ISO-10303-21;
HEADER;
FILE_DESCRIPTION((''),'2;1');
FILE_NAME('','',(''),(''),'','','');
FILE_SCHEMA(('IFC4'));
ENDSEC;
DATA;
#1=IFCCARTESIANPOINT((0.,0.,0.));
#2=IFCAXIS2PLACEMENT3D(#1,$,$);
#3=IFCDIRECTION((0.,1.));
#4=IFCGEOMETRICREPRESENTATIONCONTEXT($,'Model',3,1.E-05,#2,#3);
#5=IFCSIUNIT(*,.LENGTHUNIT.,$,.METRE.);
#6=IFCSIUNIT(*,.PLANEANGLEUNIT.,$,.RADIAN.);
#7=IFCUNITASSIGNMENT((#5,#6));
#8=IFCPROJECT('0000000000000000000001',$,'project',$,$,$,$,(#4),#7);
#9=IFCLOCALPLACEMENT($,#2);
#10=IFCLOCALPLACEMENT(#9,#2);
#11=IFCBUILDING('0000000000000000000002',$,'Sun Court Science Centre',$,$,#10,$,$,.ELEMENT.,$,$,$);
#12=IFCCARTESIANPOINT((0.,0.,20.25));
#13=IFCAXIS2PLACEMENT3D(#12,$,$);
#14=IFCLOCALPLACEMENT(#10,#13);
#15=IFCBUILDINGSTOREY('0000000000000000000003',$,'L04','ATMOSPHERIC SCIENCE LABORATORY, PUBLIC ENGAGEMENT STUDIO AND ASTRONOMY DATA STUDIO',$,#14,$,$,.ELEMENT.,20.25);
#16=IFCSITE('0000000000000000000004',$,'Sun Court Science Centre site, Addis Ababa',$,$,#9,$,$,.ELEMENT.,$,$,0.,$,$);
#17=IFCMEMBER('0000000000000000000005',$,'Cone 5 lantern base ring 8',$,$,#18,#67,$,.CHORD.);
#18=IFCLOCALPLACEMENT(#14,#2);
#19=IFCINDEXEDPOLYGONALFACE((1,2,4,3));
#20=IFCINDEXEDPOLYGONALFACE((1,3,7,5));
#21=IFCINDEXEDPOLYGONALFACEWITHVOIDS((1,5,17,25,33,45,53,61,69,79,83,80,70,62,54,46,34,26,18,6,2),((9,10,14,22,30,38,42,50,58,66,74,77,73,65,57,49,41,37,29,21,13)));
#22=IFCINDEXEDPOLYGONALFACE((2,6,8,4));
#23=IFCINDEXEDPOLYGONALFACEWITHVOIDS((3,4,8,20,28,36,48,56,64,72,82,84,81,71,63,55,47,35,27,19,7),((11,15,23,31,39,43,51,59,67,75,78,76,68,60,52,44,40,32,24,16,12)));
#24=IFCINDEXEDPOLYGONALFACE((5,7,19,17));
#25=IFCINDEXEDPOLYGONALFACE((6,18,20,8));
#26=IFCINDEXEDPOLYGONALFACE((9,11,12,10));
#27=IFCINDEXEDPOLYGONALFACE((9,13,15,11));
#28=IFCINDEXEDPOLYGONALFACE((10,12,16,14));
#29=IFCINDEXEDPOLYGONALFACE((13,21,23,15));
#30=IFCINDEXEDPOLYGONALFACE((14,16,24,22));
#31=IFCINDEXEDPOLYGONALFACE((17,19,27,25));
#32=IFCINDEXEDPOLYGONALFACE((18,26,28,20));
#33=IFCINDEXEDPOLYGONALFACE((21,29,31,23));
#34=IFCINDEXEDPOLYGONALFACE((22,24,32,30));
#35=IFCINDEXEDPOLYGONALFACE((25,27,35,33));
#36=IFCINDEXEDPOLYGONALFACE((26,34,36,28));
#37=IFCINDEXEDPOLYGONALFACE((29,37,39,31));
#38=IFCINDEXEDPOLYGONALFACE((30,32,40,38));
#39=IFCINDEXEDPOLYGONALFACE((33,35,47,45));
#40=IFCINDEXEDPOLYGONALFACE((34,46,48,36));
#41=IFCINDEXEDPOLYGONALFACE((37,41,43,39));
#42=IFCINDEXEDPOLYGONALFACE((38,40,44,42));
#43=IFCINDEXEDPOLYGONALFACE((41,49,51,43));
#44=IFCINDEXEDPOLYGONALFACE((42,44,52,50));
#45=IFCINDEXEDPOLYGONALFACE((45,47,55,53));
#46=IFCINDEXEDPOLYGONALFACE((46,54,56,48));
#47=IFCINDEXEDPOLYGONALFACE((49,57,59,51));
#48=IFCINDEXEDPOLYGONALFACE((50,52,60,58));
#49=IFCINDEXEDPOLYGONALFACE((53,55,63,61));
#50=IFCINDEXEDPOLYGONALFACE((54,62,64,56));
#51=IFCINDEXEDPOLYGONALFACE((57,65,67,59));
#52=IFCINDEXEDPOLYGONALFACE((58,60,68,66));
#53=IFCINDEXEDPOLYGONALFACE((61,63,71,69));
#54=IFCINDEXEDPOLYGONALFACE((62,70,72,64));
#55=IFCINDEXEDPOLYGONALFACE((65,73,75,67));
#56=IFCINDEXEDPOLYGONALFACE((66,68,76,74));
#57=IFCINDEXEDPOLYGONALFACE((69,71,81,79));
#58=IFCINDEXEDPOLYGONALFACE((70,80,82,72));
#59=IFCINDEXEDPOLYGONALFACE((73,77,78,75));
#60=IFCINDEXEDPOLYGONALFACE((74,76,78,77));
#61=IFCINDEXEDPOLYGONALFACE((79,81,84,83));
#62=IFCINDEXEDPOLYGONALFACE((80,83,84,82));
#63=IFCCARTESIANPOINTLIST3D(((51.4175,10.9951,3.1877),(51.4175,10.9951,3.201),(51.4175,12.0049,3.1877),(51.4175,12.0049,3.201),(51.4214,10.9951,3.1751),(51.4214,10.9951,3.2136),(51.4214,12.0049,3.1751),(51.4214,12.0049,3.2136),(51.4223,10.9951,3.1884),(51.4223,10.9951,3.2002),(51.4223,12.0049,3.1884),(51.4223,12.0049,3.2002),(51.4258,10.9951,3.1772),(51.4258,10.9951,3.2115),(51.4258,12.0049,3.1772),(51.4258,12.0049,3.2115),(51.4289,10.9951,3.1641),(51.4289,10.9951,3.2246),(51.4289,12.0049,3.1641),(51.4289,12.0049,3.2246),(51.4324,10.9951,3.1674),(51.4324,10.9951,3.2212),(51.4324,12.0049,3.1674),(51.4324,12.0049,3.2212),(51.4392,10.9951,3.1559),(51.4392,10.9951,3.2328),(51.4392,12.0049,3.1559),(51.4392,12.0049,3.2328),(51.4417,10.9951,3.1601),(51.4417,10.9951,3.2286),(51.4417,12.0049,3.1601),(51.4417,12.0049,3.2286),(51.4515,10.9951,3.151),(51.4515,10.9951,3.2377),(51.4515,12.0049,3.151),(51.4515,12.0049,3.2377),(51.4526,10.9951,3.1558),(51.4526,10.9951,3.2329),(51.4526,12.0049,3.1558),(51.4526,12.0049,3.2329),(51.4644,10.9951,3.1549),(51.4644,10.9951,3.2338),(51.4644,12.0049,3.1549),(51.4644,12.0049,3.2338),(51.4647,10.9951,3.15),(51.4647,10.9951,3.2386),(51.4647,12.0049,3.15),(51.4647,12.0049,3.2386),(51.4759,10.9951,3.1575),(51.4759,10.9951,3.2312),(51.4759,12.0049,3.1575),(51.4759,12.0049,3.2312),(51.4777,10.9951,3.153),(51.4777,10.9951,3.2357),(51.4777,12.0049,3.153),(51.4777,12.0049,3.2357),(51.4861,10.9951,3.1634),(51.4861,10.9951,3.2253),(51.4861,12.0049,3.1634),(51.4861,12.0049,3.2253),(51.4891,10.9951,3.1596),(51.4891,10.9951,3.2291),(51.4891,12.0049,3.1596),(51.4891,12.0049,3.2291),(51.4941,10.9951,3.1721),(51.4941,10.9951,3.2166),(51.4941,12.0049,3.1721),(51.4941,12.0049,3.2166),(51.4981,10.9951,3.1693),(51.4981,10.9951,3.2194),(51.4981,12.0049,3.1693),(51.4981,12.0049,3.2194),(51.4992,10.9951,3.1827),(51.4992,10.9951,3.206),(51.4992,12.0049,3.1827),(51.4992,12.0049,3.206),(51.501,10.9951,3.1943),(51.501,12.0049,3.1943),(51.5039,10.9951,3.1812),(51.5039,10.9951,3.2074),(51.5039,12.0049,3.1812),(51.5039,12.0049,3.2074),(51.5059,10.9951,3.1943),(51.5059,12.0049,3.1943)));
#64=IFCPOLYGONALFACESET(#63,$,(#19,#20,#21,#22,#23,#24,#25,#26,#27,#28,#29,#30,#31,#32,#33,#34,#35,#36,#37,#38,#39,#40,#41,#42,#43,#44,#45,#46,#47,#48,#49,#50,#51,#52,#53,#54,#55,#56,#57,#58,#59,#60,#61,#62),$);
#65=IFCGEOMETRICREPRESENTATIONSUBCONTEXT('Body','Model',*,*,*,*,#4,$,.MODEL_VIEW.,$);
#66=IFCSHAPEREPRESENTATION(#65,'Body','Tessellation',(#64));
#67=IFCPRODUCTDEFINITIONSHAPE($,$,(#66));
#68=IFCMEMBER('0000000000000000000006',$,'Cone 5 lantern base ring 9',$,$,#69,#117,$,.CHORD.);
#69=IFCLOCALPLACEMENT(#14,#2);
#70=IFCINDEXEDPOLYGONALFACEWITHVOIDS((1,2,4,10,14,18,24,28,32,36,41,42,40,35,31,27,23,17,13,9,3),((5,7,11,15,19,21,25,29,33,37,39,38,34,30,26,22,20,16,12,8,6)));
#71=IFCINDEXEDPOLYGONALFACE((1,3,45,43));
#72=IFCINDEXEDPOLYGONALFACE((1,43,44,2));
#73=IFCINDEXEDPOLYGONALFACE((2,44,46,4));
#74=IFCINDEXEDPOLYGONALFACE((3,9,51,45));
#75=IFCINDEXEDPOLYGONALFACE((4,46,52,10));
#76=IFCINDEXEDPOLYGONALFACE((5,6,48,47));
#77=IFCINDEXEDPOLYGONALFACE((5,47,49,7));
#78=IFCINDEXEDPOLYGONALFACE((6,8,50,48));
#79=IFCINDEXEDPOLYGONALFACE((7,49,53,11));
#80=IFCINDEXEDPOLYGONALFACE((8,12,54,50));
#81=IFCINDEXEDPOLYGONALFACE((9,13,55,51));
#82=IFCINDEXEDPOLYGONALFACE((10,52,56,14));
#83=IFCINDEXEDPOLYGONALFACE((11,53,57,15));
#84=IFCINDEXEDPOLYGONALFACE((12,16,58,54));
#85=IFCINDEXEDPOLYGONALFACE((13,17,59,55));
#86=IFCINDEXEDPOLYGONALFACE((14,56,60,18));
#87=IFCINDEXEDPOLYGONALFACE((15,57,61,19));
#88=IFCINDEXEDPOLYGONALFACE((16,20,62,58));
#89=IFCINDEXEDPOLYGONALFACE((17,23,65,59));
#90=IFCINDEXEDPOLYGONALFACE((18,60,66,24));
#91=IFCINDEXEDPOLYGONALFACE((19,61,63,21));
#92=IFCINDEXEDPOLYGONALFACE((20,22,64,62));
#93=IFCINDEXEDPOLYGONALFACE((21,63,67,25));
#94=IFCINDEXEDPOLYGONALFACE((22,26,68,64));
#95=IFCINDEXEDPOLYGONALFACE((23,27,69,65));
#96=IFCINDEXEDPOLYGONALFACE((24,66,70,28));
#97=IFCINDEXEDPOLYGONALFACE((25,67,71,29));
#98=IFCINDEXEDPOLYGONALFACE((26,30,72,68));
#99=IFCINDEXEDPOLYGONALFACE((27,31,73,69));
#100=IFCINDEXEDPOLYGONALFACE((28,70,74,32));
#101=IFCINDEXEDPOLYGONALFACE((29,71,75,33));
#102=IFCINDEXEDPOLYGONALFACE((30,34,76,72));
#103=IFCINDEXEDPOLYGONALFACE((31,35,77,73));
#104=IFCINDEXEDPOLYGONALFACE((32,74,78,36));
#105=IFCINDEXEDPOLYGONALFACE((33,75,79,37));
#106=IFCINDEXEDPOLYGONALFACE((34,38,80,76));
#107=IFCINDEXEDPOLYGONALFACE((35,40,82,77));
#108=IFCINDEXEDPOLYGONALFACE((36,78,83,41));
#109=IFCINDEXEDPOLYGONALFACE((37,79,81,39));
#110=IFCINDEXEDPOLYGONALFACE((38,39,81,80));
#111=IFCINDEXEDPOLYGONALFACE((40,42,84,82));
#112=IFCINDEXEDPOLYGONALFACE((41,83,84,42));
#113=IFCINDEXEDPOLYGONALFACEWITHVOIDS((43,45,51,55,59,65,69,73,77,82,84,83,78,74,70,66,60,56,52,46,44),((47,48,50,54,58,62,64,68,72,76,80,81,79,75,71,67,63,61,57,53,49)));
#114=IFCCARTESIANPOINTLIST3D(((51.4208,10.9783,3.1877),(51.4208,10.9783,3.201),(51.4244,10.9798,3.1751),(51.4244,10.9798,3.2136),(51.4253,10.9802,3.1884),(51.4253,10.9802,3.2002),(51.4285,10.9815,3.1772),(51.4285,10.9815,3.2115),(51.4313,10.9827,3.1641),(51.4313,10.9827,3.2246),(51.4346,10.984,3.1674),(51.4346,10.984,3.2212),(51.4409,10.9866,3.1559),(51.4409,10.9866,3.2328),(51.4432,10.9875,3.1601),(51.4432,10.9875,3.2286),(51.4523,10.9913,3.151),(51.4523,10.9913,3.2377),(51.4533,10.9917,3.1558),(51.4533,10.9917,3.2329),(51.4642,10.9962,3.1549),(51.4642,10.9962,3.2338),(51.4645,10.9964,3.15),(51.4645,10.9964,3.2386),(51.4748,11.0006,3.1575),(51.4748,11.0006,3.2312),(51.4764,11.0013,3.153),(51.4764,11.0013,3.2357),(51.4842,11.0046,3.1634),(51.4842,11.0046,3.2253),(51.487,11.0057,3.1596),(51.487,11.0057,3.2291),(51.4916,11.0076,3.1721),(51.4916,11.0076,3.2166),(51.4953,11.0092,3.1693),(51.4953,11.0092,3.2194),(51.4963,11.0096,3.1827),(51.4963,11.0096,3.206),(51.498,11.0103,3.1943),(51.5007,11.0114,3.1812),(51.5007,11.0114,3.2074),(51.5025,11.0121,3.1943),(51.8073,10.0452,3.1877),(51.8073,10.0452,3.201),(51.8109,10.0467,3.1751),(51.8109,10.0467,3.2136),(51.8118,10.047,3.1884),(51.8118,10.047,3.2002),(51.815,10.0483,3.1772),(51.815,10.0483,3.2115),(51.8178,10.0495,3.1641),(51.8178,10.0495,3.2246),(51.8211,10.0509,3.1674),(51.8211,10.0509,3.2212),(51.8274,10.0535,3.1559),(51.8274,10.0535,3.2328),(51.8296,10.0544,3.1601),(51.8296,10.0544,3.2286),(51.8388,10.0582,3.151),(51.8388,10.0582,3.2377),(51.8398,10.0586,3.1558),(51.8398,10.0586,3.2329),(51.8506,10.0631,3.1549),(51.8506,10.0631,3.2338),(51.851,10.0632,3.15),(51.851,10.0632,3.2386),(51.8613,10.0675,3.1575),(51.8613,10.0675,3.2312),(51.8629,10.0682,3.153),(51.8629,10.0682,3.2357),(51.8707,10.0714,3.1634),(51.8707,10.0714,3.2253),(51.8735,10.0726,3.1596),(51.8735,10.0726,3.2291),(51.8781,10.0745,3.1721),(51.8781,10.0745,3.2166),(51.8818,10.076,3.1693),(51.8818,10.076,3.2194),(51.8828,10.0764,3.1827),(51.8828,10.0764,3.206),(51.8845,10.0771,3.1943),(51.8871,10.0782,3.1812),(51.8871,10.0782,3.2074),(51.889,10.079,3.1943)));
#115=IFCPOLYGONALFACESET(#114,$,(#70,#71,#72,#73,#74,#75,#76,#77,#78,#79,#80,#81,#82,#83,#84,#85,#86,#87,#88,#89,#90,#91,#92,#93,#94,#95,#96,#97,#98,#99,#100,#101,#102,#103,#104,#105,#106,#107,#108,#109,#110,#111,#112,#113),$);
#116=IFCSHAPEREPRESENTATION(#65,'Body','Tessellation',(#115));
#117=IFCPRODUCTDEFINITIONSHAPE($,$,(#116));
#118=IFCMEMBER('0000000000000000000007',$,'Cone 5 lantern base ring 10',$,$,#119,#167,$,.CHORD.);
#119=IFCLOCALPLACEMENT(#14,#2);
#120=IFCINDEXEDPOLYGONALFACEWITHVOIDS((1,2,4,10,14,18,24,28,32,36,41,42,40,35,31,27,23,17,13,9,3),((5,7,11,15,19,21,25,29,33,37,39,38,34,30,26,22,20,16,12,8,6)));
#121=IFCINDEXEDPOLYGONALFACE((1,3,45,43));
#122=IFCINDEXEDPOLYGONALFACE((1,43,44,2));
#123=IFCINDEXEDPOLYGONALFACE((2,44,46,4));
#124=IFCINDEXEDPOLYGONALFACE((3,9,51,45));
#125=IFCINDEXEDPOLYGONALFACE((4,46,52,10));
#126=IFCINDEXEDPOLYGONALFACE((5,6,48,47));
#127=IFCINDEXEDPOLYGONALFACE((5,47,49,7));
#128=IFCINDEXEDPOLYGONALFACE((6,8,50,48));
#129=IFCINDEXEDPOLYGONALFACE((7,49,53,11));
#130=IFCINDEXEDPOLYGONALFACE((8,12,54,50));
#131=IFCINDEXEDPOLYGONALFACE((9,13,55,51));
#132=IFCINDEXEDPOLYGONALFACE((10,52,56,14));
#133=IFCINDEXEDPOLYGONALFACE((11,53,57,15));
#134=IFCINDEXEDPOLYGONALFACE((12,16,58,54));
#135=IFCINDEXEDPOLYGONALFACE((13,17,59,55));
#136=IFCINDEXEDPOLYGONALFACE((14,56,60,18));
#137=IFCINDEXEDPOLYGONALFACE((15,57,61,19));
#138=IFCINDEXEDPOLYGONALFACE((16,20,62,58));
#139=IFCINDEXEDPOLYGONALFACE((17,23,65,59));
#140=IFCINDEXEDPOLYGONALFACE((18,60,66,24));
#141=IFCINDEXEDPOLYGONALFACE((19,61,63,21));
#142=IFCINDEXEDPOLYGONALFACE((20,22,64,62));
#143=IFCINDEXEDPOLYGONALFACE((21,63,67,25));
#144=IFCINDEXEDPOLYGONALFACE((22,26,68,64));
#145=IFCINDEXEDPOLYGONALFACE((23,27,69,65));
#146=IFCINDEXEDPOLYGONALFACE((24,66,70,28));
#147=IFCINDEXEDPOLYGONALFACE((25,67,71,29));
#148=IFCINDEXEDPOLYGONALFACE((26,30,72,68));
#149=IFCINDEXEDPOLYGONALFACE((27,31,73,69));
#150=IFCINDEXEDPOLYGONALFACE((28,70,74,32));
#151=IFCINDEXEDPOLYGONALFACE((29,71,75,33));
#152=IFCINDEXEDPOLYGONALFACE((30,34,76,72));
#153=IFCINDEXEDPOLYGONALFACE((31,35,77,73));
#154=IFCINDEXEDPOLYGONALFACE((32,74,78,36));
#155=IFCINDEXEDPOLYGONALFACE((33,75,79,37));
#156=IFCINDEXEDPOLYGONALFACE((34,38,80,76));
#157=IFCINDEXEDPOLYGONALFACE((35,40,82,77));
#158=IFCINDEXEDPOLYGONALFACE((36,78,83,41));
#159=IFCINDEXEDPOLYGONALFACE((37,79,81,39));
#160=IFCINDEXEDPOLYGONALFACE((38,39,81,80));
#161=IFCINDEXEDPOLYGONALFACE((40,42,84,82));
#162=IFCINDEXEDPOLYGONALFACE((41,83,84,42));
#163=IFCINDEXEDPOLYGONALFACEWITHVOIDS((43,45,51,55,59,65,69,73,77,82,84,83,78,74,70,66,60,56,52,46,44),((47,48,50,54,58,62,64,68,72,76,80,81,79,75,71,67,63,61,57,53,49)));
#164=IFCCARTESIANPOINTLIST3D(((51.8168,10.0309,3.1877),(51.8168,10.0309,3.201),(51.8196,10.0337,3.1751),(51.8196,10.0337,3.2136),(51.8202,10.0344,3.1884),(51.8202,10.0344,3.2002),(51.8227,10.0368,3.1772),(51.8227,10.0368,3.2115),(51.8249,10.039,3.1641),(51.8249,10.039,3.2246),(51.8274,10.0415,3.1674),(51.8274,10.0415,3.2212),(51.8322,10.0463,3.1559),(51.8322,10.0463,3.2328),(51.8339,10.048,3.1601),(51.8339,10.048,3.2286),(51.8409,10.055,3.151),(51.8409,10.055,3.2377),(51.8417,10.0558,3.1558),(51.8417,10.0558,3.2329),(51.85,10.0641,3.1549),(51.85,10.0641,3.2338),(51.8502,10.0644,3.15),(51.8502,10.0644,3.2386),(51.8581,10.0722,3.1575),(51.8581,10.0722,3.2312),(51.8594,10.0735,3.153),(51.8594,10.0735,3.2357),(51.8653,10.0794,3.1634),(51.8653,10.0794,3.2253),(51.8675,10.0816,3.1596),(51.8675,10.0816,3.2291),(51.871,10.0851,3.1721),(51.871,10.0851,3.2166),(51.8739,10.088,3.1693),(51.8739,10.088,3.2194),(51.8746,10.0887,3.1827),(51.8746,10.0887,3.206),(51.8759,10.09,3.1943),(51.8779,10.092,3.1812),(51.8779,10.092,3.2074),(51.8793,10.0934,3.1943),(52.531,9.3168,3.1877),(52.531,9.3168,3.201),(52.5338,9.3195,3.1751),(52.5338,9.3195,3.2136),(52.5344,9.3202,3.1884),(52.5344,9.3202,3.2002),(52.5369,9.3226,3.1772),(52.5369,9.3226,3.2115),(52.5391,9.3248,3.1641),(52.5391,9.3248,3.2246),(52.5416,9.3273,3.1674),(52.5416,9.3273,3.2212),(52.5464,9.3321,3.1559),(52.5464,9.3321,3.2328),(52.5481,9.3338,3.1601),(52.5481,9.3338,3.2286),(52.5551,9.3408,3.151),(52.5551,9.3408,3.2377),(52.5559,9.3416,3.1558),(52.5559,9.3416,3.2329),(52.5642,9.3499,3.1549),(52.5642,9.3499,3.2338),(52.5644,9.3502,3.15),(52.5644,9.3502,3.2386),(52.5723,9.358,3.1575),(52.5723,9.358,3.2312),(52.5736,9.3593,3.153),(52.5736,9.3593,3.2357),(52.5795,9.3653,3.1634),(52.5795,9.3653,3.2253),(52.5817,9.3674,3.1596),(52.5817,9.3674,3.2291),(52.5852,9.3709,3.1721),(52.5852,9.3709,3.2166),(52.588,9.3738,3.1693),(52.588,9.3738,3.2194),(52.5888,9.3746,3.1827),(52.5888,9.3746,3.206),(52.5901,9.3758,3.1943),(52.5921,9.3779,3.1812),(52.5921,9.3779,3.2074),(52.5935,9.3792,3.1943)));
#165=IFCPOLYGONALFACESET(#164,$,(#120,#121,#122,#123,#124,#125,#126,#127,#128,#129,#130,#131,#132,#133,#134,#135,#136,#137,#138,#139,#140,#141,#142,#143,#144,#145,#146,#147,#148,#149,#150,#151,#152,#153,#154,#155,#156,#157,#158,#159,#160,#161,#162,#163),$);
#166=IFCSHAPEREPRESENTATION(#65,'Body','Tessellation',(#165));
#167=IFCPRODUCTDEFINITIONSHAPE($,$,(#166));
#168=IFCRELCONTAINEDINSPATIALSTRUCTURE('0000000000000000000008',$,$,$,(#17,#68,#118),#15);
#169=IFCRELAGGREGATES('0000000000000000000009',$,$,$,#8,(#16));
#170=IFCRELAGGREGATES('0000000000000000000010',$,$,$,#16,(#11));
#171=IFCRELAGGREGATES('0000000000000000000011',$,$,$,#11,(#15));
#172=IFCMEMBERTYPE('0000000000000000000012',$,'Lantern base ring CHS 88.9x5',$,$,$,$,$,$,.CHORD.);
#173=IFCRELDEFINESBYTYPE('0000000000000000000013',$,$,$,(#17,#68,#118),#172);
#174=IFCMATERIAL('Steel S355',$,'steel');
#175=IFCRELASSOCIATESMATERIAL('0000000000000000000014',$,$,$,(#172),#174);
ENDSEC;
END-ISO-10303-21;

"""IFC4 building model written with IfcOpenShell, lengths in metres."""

from ifc_helpers import new_model, si_unit, direction, frame, origin, origin_2d, place, context, subcontext, project, spatial, hollow_circle, extrude, material, material_profile, profile_set, type_object, element, save


model = new_model("IFC4")

# Units and contexts
model_context = context("Model", 3, precision=1e-05, world=origin(), true_north=direction((0.0, 1.0)))
body_context = subcontext(model_context, "Body", "Model", "MODEL_VIEW")
ifc_project = project(units=[si_unit("LENGTHUNIT", "METRE"), si_unit("PLANEANGLEUNIT", "RADIAN")], contexts=[model_context])

# Site, building, storey
site_placement = place(None, origin())
site = spatial("IfcSite", under=ifc_project, at=site_placement, Name="Sun Court Science Centre site, Addis Ababa", CompositionType="ELEMENT", RefElevation=0.0)
building_placement = place(site_placement, origin())
building = spatial("IfcBuilding", under=site, at=building_placement, Name="Sun Court Science Centre", CompositionType="ELEMENT")
storey_placement = place(building_placement, frame((0.0, 0.0, 20.25)))
storey = spatial("IfcBuildingStorey", under=building, at=storey_placement, Name="L04", Description="ATMOSPHERIC SCIENCE LABORATORY, PUBLIC ENGAGEMENT STUDIO AND ASTRONOMY DATA STUDIO", CompositionType="ELEMENT", Elevation=20.25)

# Members
ifc_material_1 = material(Name="Steel S355", Category="steel")
ifc_material_profile_1 = material_profile(ifc_material_1, hollow_circle(Radius=0.0444, WallThickness=0.0049, at=origin_2d()), Name="CHS 88.9x5")
ifc_profile_set_1 = profile_set([ifc_material_profile_1], Name="Steel S355")
member_type_1 = type_object("IfcMemberType", Name="Lantern base ring CHS 88.9x5", PredefinedType="CHORD", material=ifc_profile_set_1)
member_1_placement = place(storey_placement, frame((51.4614, 12.0049, 3.1943), z_axis=(0.0, -1.0, 0.0), x_axis=(1.0, 0.0, 0.0)))
element("IfcMember", 1, at=member_1_placement, inside=storey, type_object=member_type_1, Name="Cone 5 lantern base ring 8", PredefinedType="CHORD", context=body_context, shape_type="SweptSolid", body=[
    extrude(hollow_circle(Radius=0.0444, WallThickness=0.0049, at=origin_2d()), origin(), (0.0, 0.0, 1.0), 1.0098),
])
for number, where, z_axis, x_axis, name in (
    (2, (51.4614, 10.9951, 3.1943), (0.382658, -0.92389, 0.0), (0.92389, 0.382658, 0.0), "Cone 5 lantern base ring 9"),
    (3, (51.8479, 10.062, 3.1943), (0.707107, -0.707107, 0.0), (0.707107, 0.707107, 0.0), "Cone 5 lantern base ring 10"),
):
    element("IfcMember", number, at=place(storey_placement, frame(where, z_axis=z_axis, x_axis=x_axis)), inside=storey, type_object=member_type_1, Name=name, PredefinedType="CHORD", context=body_context, shape_type="SweptSolid", body=[
        extrude(hollow_circle(Radius=0.0444, WallThickness=0.0049, at=origin_2d()), origin(), (0.0, 0.0, 1.0), 1.01),
    ])

save(model, "model.ifc")
